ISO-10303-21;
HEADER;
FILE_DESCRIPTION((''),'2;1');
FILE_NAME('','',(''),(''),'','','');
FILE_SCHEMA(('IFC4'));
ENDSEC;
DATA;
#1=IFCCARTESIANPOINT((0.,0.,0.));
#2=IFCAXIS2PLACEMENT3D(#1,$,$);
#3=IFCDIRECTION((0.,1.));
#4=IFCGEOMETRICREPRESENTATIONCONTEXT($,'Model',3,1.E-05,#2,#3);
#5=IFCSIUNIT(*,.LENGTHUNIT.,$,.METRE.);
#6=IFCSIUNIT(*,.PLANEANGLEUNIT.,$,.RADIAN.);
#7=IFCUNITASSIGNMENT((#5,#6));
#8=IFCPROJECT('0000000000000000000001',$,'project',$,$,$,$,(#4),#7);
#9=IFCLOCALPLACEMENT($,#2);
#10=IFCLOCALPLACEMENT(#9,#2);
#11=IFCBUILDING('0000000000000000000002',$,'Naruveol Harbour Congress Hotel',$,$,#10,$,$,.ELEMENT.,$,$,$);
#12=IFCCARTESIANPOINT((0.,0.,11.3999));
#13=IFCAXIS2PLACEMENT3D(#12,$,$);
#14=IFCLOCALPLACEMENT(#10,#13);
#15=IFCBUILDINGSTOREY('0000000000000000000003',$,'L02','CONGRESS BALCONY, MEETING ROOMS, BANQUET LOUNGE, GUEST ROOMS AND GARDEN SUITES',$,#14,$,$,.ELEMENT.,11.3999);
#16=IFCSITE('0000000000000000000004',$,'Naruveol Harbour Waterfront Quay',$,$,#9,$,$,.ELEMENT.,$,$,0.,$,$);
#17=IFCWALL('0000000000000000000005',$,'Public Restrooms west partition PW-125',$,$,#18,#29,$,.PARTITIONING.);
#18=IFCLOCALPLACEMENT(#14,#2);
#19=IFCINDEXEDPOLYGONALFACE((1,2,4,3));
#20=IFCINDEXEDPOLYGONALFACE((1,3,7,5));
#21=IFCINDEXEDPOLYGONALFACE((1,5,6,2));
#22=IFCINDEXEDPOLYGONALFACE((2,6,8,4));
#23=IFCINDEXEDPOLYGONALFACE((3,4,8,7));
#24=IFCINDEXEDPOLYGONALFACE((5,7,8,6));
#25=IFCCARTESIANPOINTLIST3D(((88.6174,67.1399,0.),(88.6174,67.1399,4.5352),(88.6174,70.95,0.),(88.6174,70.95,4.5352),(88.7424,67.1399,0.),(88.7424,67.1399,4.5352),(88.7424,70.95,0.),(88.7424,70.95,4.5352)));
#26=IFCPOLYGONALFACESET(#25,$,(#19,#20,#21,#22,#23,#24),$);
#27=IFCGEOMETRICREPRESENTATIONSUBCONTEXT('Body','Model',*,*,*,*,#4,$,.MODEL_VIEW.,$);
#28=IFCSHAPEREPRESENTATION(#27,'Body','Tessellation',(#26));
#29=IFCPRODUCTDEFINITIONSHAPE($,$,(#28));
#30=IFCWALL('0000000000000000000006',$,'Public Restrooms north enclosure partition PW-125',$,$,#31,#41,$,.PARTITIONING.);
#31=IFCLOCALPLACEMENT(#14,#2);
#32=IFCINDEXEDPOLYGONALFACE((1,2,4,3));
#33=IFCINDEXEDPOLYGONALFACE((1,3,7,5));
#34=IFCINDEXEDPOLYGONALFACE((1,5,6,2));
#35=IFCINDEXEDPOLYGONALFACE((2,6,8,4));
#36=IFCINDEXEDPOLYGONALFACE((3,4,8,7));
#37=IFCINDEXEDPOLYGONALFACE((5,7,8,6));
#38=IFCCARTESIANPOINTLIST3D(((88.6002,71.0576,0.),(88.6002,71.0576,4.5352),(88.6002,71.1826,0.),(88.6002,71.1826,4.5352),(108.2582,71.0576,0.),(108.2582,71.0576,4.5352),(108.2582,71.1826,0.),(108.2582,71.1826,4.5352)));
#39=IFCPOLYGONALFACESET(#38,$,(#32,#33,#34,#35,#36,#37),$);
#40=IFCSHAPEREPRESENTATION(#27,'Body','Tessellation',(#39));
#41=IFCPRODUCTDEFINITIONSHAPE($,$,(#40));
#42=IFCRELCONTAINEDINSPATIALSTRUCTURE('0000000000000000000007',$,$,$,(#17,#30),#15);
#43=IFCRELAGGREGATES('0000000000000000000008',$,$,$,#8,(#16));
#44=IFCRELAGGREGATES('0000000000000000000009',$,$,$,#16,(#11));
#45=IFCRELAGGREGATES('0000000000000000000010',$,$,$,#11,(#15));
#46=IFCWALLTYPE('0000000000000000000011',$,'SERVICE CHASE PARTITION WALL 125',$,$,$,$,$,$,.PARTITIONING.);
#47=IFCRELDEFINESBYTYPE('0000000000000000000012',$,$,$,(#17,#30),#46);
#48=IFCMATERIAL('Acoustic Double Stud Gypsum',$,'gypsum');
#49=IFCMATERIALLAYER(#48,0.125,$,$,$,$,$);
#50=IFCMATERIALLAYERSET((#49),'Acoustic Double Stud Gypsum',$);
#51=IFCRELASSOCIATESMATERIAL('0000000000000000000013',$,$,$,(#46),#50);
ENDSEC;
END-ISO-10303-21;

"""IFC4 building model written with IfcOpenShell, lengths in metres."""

from ifc_helpers import new_model, si_unit, direction, frame, frame_2d, origin, place, context, subcontext, project, spatial, rectangle, extrude, material, layer, layer_set, type_object, element, save


model = new_model("IFC4")

# Units and contexts
model_context = context("Model", 3, precision=1e-05, world=origin(), true_north=direction((0.0, 1.0)))
body_context = subcontext(model_context, "Body", "Model", "MODEL_VIEW")
ifc_project = project(units=[si_unit("LENGTHUNIT", "METRE"), si_unit("PLANEANGLEUNIT", "RADIAN")], contexts=[model_context])

# Site, building, storey
site_placement = place(None, origin())
site = spatial("IfcSite", under=ifc_project, at=site_placement, Name="Naruveol Harbour Waterfront Quay", CompositionType="ELEMENT", RefElevation=0.0)
building_placement = place(site_placement, origin())
building = spatial("IfcBuilding", under=site, at=building_placement, Name="Naruveol Harbour Congress Hotel", CompositionType="ELEMENT")
storey_placement = place(building_placement, frame((0.0, 0.0, 11.3999)))
storey = spatial("IfcBuildingStorey", under=building, at=storey_placement, Name="L02", Description="CONGRESS BALCONY, MEETING ROOMS, BANQUET LOUNGE, GUEST ROOMS AND GARDEN SUITES", CompositionType="ELEMENT", Elevation=11.3999)

# Shared definitions
ifc_material_1 = material(Name="Acoustic Double Stud Gypsum", Category="gypsum")
ifc_layer_1 = layer(ifc_material_1, 0.125)
ifc_layer_set_1 = layer_set([ifc_layer_1], Name="Acoustic Double Stud Gypsum")
wall_type_1 = type_object("IfcWallType", Name="SERVICE CHASE PARTITION WALL 125", PredefinedType="PARTITIONING", material=ifc_layer_set_1)

# Walls
wall_1_placement = place(storey_placement, frame((88.6799, 67.1399, 0.0), z_axis=(0.0, 0.0, 1.0), x_axis=(0.0, 1.0, 0.0)))
element("IfcWall", 1, at=wall_1_placement, inside=storey, type_object=wall_type_1, Name="Public Restrooms west partition PW-125", PredefinedType="PARTITIONING", context=body_context, shape_type="SweptSolid", body=[
    extrude(rectangle(XDim=3.8101, YDim=0.125, at=frame_2d((1.905, 0.0))), origin(), (0.0, 0.0, 1.0), 4.5352),
])
wall_2_placement = place(storey_placement, frame((88.6001, 71.1201, 0.0), z_axis=(0.0, 0.0, 1.0), x_axis=(1.0, 0.0, 0.0)))
element("IfcWall", 2, at=wall_2_placement, inside=storey, type_object=wall_type_1, Name="Public Restrooms north enclosure partition PW-125", PredefinedType="PARTITIONING", context=body_context, shape_type="SweptSolid", body=[
    extrude(rectangle(XDim=19.658, YDim=0.125, at=frame_2d((9.8291, 0.0))), origin(), (0.0, 0.0, 1.0), 4.5352),
])

save(model, "model.ifc")
